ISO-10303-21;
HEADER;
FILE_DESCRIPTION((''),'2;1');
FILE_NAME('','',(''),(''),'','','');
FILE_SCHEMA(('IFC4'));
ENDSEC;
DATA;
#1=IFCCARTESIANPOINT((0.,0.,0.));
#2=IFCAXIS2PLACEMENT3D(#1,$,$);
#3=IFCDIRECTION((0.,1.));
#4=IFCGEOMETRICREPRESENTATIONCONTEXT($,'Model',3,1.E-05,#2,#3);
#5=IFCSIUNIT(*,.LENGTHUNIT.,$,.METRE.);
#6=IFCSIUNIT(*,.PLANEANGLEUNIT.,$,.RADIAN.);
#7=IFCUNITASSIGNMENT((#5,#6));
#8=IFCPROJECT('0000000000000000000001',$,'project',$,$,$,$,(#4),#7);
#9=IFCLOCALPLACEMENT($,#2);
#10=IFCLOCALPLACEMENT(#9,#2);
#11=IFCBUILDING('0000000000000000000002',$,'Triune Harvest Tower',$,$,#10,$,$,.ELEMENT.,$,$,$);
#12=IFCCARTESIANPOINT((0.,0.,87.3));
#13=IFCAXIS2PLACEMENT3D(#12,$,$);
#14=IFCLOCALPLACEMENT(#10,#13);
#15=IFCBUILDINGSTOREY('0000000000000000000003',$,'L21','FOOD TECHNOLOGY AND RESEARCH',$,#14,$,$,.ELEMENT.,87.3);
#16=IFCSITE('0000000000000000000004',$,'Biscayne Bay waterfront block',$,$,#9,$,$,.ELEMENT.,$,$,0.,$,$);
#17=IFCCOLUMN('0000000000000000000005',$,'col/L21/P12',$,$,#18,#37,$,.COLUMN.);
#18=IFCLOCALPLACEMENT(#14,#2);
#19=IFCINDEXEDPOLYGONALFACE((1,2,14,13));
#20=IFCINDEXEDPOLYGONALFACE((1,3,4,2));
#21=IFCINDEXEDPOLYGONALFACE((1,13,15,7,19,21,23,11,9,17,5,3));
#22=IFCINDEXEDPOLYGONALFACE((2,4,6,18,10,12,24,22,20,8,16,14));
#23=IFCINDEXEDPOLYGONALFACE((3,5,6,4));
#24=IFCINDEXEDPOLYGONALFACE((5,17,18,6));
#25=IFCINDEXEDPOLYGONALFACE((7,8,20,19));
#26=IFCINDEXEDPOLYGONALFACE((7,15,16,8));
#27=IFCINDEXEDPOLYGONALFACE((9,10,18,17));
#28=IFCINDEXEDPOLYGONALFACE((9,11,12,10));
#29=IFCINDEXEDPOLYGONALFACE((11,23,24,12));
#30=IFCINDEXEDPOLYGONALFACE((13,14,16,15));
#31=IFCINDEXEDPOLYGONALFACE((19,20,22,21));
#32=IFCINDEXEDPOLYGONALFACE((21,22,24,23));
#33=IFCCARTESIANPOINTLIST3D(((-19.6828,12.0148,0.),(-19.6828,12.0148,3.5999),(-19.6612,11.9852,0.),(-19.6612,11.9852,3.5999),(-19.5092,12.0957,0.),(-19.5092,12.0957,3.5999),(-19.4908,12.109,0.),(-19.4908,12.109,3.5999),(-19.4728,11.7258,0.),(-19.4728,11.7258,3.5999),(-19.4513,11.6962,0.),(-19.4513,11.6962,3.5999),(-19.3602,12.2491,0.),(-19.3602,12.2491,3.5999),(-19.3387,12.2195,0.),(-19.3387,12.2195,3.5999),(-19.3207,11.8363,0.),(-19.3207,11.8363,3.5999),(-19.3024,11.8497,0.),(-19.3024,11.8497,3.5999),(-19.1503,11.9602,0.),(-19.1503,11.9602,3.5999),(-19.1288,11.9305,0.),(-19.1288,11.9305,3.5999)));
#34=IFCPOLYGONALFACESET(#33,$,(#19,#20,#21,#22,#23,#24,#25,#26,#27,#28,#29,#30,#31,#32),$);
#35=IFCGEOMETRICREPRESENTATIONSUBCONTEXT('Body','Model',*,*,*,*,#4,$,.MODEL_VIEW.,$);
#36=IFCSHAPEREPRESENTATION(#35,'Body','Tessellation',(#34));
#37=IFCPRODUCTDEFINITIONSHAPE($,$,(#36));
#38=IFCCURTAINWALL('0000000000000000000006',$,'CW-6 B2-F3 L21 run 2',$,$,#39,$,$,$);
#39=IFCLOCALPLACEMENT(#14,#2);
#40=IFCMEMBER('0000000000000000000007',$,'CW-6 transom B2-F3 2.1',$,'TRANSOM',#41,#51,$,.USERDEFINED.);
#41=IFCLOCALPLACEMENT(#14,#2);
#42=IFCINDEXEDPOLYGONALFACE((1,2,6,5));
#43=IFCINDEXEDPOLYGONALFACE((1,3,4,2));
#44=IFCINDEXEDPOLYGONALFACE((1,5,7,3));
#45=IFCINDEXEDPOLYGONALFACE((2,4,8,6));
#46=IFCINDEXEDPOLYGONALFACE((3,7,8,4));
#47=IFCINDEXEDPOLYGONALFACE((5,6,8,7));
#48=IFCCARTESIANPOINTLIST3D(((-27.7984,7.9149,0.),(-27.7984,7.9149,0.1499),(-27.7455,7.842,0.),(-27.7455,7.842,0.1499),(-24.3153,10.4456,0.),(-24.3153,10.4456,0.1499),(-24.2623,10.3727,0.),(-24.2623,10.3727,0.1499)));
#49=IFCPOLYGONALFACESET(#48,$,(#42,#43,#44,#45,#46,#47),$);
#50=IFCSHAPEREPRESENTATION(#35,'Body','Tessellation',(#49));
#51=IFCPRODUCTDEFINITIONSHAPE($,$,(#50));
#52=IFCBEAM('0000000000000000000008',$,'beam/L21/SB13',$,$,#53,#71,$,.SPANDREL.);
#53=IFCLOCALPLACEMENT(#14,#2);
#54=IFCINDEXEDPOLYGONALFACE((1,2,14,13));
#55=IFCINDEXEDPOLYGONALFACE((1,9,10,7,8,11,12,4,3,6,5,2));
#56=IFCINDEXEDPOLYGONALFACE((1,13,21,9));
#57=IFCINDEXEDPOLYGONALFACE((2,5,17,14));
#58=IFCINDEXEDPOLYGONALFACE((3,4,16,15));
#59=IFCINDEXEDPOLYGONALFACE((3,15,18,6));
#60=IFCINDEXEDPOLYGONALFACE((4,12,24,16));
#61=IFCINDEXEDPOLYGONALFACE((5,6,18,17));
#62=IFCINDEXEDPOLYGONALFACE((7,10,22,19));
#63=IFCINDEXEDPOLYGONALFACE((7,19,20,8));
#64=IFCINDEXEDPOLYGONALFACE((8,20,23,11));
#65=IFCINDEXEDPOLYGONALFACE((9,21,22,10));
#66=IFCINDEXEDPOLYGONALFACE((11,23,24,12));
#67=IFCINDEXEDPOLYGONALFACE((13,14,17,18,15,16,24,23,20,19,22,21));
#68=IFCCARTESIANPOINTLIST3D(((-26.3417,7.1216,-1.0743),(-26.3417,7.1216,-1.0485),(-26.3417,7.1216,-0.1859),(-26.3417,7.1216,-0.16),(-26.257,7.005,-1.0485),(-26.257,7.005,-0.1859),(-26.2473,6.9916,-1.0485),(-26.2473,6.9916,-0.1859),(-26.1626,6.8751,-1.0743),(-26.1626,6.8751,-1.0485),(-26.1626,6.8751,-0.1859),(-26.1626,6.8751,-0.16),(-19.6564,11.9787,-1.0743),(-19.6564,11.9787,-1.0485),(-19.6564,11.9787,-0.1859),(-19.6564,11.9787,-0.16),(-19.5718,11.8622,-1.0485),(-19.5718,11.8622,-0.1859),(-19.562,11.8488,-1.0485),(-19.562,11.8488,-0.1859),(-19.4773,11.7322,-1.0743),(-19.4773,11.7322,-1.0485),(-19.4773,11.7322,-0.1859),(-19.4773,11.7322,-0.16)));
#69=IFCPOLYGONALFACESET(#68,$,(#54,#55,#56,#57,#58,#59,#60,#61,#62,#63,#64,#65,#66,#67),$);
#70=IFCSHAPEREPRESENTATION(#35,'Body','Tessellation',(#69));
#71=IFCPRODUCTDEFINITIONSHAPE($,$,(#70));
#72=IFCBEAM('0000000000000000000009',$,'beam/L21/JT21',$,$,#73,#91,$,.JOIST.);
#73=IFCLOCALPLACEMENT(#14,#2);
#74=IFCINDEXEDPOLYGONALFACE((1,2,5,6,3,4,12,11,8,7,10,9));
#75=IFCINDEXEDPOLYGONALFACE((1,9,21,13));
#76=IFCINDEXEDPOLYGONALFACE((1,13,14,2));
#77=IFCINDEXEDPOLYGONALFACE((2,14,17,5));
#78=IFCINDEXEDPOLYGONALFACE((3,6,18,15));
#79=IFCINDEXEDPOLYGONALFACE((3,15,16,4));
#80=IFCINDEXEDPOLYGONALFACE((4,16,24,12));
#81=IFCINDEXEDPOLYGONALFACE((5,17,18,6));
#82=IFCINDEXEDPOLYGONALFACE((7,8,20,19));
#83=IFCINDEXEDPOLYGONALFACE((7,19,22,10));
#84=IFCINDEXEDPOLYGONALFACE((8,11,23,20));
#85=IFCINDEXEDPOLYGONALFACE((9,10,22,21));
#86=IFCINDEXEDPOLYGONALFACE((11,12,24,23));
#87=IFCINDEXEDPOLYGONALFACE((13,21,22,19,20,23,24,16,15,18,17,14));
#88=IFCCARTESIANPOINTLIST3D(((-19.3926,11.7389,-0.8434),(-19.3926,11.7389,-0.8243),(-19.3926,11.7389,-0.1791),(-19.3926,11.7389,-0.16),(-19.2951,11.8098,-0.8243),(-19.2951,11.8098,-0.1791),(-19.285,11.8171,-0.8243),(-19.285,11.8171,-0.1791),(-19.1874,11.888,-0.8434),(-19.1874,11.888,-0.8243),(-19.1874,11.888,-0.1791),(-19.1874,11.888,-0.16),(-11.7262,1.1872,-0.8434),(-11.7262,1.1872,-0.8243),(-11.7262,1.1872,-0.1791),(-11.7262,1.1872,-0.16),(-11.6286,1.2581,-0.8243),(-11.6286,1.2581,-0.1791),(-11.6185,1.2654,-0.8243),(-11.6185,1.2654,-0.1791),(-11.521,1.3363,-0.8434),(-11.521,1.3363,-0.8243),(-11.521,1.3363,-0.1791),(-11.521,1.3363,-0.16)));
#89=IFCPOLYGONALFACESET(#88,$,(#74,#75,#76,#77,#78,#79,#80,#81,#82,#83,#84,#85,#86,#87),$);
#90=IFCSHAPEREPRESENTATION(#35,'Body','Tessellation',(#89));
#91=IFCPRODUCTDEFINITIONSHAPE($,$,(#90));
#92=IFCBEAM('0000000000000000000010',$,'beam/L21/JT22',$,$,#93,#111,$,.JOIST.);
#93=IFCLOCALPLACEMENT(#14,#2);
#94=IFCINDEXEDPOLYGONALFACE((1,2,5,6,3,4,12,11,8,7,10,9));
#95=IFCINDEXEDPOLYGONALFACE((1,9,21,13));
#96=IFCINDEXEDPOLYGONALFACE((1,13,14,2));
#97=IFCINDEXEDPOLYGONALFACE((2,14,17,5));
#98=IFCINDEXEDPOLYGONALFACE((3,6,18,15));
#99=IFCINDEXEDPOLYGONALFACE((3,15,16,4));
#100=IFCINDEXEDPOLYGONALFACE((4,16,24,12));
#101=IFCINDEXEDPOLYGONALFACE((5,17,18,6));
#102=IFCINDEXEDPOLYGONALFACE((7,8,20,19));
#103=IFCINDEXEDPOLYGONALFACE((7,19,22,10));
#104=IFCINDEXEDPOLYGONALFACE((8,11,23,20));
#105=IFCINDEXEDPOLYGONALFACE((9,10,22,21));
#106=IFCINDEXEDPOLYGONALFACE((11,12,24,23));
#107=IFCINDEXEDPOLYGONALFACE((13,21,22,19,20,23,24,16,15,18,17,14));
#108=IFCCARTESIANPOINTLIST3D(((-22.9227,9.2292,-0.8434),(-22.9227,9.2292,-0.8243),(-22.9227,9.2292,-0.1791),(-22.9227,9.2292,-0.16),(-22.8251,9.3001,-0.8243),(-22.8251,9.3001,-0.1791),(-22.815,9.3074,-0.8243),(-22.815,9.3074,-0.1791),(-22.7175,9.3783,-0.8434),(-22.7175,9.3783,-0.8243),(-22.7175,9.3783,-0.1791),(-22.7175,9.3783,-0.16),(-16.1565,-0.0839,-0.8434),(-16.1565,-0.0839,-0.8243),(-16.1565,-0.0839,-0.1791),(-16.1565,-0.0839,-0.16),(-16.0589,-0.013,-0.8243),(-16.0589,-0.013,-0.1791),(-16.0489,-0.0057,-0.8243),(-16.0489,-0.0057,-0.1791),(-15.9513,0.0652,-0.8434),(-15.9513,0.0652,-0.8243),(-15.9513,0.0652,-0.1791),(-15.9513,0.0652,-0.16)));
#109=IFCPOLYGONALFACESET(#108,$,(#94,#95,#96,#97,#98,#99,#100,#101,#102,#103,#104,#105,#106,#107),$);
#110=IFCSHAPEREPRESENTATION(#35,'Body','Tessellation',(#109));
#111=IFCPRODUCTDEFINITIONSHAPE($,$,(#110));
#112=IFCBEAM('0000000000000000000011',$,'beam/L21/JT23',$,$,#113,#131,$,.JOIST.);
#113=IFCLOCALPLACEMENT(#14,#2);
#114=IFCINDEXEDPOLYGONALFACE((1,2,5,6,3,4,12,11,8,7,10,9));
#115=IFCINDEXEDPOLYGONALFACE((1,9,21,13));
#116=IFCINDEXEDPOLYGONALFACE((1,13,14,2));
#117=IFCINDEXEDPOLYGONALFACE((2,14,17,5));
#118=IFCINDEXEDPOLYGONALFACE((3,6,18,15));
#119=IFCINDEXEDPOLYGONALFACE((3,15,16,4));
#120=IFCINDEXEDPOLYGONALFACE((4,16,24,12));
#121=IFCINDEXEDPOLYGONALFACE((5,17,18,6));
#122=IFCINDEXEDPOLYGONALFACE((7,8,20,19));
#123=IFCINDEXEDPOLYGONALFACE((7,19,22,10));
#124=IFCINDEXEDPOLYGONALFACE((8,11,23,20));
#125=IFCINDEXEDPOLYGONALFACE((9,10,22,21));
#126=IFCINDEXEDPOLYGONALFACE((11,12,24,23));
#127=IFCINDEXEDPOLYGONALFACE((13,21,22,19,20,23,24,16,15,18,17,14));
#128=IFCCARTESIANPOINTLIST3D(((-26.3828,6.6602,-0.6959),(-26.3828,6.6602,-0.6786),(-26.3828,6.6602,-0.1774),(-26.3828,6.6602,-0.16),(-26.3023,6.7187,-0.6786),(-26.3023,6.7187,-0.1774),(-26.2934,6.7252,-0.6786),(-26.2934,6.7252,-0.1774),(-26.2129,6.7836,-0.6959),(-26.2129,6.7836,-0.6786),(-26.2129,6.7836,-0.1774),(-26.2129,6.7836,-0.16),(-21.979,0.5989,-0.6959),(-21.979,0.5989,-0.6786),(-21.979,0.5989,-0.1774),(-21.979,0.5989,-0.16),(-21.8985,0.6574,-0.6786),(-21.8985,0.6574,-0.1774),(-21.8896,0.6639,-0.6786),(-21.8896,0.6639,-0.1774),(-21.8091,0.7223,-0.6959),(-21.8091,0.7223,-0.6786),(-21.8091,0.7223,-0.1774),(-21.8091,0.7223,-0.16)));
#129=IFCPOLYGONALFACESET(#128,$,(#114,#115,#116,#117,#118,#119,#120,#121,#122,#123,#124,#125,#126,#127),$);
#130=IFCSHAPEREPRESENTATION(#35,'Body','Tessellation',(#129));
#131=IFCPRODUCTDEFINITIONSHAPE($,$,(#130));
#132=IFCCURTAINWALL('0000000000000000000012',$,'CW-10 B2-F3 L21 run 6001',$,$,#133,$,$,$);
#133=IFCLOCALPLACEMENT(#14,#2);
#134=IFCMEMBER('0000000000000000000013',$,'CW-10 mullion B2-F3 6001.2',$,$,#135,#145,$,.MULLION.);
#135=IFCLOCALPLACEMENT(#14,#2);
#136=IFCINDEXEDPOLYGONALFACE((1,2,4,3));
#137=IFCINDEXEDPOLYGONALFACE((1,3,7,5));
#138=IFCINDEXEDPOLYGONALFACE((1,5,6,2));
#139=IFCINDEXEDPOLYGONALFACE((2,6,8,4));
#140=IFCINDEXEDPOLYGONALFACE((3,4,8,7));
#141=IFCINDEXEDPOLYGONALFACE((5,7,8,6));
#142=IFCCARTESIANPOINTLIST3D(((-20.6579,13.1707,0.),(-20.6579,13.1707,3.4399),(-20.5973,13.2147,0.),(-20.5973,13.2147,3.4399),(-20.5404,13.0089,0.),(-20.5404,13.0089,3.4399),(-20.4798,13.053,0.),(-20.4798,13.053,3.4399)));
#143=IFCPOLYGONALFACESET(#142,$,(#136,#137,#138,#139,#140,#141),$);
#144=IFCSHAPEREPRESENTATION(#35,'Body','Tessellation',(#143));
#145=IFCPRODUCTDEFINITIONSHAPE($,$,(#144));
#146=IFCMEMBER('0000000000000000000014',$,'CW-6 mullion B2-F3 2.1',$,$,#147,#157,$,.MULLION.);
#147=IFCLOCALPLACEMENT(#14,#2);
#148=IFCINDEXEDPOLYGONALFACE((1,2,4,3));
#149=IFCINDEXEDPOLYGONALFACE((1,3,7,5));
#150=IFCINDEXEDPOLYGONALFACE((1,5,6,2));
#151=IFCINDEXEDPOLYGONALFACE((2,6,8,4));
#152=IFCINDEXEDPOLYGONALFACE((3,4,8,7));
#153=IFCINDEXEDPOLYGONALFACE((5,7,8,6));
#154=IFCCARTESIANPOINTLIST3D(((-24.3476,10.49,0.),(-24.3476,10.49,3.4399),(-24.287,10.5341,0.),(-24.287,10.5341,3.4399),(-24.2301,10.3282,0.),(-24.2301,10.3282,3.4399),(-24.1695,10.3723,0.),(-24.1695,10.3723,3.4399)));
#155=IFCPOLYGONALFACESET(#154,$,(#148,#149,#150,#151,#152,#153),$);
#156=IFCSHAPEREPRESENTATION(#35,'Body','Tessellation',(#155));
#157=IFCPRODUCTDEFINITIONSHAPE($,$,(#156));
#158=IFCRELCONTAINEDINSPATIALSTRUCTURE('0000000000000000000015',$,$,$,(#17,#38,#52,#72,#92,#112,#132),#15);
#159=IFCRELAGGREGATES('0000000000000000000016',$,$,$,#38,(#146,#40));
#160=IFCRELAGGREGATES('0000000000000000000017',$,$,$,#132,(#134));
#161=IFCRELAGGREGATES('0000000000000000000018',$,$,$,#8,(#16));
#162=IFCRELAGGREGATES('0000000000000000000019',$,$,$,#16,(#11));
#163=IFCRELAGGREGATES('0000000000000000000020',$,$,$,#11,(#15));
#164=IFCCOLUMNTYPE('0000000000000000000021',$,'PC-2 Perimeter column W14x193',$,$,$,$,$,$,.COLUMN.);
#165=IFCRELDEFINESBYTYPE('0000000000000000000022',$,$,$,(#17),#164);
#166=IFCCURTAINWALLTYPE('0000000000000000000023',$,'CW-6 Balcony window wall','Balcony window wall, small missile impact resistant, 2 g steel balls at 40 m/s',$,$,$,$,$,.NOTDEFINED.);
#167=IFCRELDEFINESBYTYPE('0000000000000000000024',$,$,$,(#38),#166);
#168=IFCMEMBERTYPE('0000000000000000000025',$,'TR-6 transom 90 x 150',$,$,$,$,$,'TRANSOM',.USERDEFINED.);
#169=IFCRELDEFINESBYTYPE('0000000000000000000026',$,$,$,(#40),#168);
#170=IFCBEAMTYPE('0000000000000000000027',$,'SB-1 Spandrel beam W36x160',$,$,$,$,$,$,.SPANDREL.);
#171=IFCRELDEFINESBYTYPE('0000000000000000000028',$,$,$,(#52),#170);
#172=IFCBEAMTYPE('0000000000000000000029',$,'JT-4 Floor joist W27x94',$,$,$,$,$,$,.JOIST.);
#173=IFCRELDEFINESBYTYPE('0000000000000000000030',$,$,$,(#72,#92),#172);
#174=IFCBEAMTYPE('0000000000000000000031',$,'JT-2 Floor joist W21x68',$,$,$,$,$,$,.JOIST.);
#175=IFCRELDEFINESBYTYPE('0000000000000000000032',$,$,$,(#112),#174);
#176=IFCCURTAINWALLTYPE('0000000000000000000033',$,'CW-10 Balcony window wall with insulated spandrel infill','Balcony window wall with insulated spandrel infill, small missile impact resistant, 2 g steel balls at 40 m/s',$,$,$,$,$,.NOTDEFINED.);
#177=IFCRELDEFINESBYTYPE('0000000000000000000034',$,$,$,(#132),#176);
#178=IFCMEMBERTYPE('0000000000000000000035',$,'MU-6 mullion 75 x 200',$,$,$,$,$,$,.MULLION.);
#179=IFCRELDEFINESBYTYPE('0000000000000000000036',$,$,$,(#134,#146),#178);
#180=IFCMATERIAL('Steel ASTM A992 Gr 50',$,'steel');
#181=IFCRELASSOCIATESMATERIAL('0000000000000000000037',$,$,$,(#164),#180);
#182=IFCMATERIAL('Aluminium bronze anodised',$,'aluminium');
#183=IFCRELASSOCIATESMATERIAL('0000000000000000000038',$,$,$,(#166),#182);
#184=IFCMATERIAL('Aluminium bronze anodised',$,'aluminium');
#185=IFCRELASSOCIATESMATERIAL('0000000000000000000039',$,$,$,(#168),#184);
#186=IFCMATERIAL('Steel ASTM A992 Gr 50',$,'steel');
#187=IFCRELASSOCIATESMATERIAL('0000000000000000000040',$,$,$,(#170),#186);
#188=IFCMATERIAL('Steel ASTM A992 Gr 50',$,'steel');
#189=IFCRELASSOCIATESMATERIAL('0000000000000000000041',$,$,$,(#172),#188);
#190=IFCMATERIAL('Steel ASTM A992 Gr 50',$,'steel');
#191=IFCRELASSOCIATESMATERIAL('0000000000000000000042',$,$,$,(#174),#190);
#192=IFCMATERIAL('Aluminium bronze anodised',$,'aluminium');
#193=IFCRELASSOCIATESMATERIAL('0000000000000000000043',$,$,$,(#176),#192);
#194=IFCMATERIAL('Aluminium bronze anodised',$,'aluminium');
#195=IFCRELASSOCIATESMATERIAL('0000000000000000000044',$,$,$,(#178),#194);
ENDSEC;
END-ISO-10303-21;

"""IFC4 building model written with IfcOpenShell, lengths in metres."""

from ifc_helpers import new_model, si_unit, direction, frame, origin, origin_2d, place, context, subcontext, project, spatial, rectangle, i_section, extrude, source, transform, mapped, material, material_profile, profile_set, type_object, element, aggregate, save


model = new_model("IFC4")

# Units and contexts
model_context = context("Model", 3, precision=1e-05, world=origin(), true_north=direction((0.0, 1.0)))
body_context = subcontext(model_context, "Body", "Model", "MODEL_VIEW")
ifc_project = project(units=[si_unit("LENGTHUNIT", "METRE"), si_unit("PLANEANGLEUNIT", "RADIAN")], contexts=[model_context])

# Site, building, storey
site_placement = place(None, origin())
site = spatial("IfcSite", under=ifc_project, at=site_placement, Name="Biscayne Bay waterfront block", CompositionType="ELEMENT", RefElevation=0.0)
building_placement = place(site_placement, origin())
building = spatial("IfcBuilding", under=site, at=building_placement, Name="Triune Harvest Tower", CompositionType="ELEMENT")
storey_placement = place(building_placement, frame((0.0, 0.0, 87.3)))
storey = spatial("IfcBuildingStorey", under=building, at=storey_placement, Name="L21", Description="FOOD TECHNOLOGY AND RESEARCH", CompositionType="ELEMENT", Elevation=87.3)

# Column
ifc_material_1 = material(Name="Steel ASTM A992 Gr 50", Category="steel")
ifc_material_profile_1 = material_profile(ifc_material_1, i_section(OverallWidth=0.3987, OverallDepth=0.3938, WebThickness=0.0227, FlangeThickness=0.0366, at=origin_2d()), Name="W14x193")
ifc_profile_set_1 = profile_set([ifc_material_profile_1], Name="Steel ASTM A992 Gr 50")
column_type = type_object("IfcColumnType", Name="PC-2 Perimeter column W14x193", PredefinedType="COLUMN", material=ifc_profile_set_1)
shared_shape_1 = source(origin(), body_context, "Body", "SweptSolid", [
    extrude(i_section(OverallWidth=0.3987, OverallDepth=0.3938, WebThickness=0.0227, FlangeThickness=0.0366, at=origin_2d()), origin(), (0.0, 0.0, 1.0), 3.5999),
])
column_placement = place(storey_placement, frame((-19.4058, 11.9727, 0.0), z_axis=(0.0, 0.0, 1.0), x_axis=(-0.809017, -0.587785, 0.0)))
element("IfcColumn", 1, at=column_placement, inside=storey, type_object=column_type, Name="col/L21/P12", PredefinedType="COLUMN", context=body_context, shape_type="MappedRepresentation", body=[
    mapped(shared_shape_1, transform((0.0, 0.0, 0.0), scale=1.0)),
])

# Curtain wall, member
ifc_material_2 = material(Name="Aluminium bronze anodised", Category="aluminium")
curtain_wall_type_1 = type_object("IfcCurtainWallType", Name="CW-6 Balcony window wall", Description="Balcony window wall, small missile impact resistant, 2 g steel balls at 40 m/s", PredefinedType="NOTDEFINED", material=ifc_material_2)
curtain_wall_1_placement = place(storey_placement, origin())
curtain_wall_1 = element("IfcCurtainWall", 2, at=curtain_wall_1_placement, inside=storey, type_object=curtain_wall_type_1, Name="CW-6 B2-F3 L21 run 2")
ifc_material_3 = material(Name="Aluminium bronze anodised", Category="aluminium")
ifc_material_profile_2 = material_profile(ifc_material_3, rectangle(XDim=0.0901, YDim=0.1499, at=origin_2d()), Name="TR-6 transom 90 x 150")
ifc_profile_set_2 = profile_set([ifc_material_profile_2], Name="Aluminium bronze anodised")
member_type_1 = type_object("IfcMemberType", Name="TR-6 transom 90 x 150", ElementType="TRANSOM", PredefinedType="USERDEFINED", material=ifc_profile_set_2)
member_1_placement = place(storey_placement, frame((-24.2888, 10.4092, 0.075), z_axis=(-0.809006, -0.587801, 0.0), x_axis=(0.587801, -0.809006, 0.0)))
member_1 = element("IfcMember", 3, at=member_1_placement, type_object=member_type_1, Name="CW-6 transom B2-F3 2.1", ObjectType="TRANSOM", PredefinedType="USERDEFINED", context=body_context, shape_type="SweptSolid", body=[
    extrude(rectangle(XDim=0.0901, YDim=0.1499, at=origin_2d()), origin(), (0.0, 0.0, 1.0), 4.3054),
])

# Beams
ifc_material_4 = material(Name="Steel ASTM A992 Gr 50", Category="steel")
ifc_material_profile_3 = material_profile(ifc_material_4, i_section(OverallWidth=0.3047, OverallDepth=0.9143, WebThickness=0.0166, FlangeThickness=0.0259, at=origin_2d()), Name="W36x160")
ifc_profile_set_3 = profile_set([ifc_material_profile_3], Name="Steel ASTM A992 Gr 50")
beam_type_1 = type_object("IfcBeamType", Name="SB-1 Spandrel beam W36x160", PredefinedType="SPANDREL", material=ifc_profile_set_3)
shared_shape_2 = source(origin(), body_context, "Body", "SweptSolid", [
    extrude(i_section(OverallWidth=0.3047, OverallDepth=0.9143, WebThickness=0.0166, FlangeThickness=0.0259, at=origin_2d()), origin(), (0.0, 0.0, 1.0), 8.2634),
])
beam_1_placement = place(storey_placement, frame((-19.5669, 11.8555, -0.6172), z_axis=(-0.809016, -0.587787, 0.0), x_axis=(0.587787, -0.809016, 0.0)))
element("IfcBeam", 4, at=beam_1_placement, inside=storey, type_object=beam_type_1, Name="beam/L21/SB13", PredefinedType="SPANDREL", context=body_context, shape_type="MappedRepresentation", body=[
    mapped(shared_shape_2, transform((0.0, 0.0, 0.0), scale=1.0)),
])
ifc_material_5 = material(Name="Steel ASTM A992 Gr 50", Category="steel")
ifc_material_profile_4 = material_profile(ifc_material_5, i_section(OverallWidth=0.2537, OverallDepth=0.6833, WebThickness=0.0125, FlangeThickness=0.019, at=origin_2d()), Name="W27x94")
ifc_profile_set_4 = profile_set([ifc_material_profile_4], Name="Steel ASTM A992 Gr 50")
beam_type_2 = type_object("IfcBeamType", Name="JT-4 Floor joist W27x94", PredefinedType="JOIST", material=ifc_profile_set_4)
shared_shape_3 = source(origin(), body_context, "Body", "SweptSolid", [
    extrude(i_section(OverallWidth=0.2537, OverallDepth=0.6833, WebThickness=0.0125, FlangeThickness=0.019, at=origin_2d()), origin(), (0.0, 0.0, 1.0), 13.0427),
])
beam_2_placement = place(storey_placement, frame((-19.29, 11.8135, -0.5017), z_axis=(0.587795, -0.80901, 0.0), x_axis=(0.80901, 0.587795, 0.0)))
element("IfcBeam", 5, at=beam_2_placement, inside=storey, type_object=beam_type_2, Name="beam/L21/JT21", PredefinedType="JOIST", context=body_context, shape_type="MappedRepresentation", body=[
    mapped(shared_shape_3, transform((0.0, 0.0, 0.0), scale=1.0)),
])
shared_shape_4 = source(origin(), body_context, "Body", "SweptSolid", [
    extrude(i_section(OverallWidth=0.2537, OverallDepth=0.6833, WebThickness=0.0125, FlangeThickness=0.019, at=origin_2d()), origin(), (0.0, 0.0, 1.0), 11.5115),
])
beam_3_placement = place(storey_placement, frame((-22.8201, 9.3037, -0.5017), z_axis=(0.587776, -0.809024, 0.0), x_axis=(0.809024, 0.587776, 0.0)))
element("IfcBeam", 6, at=beam_3_placement, inside=storey, type_object=beam_type_2, Name="beam/L21/JT22", PredefinedType="JOIST", context=body_context, shape_type="MappedRepresentation", body=[
    mapped(shared_shape_4, transform((0.0, 0.0, 0.0), scale=1.0)),
])
ifc_material_6 = material(Name="Steel ASTM A992 Gr 50", Category="steel")
ifc_material_profile_5 = material_profile(ifc_material_6, i_section(OverallWidth=0.21, OverallDepth=0.5359, WebThickness=0.011, FlangeThickness=0.0173, at=origin_2d()), Name="W21x68")
ifc_profile_set_5 = profile_set([ifc_material_profile_5], Name="Steel ASTM A992 Gr 50")
beam_type_3 = type_object("IfcBeamType", Name="JT-2 Floor joist W21x68", PredefinedType="JOIST", material=ifc_profile_set_5)
shared_shape_5 = source(origin(), body_context, "Body", "SweptSolid", [
    extrude(i_section(OverallWidth=0.21, OverallDepth=0.5359, WebThickness=0.011, FlangeThickness=0.0173, at=origin_2d()), origin(), (0.0, 0.0, 1.0), 7.4922),
])
beam_4_placement = place(storey_placement, frame((-26.2979, 6.7219, -0.428), z_axis=(0.587788, -0.809015, 0.0), x_axis=(0.809015, 0.587788, 0.0)))
element("IfcBeam", 7, at=beam_4_placement, inside=storey, type_object=beam_type_3, Name="beam/L21/JT23", PredefinedType="JOIST", context=body_context, shape_type="MappedRepresentation", body=[
    mapped(shared_shape_5, transform((0.0, 0.0, 0.0), scale=1.0)),
])

# Curtain wall, member
ifc_material_7 = material(Name="Aluminium bronze anodised", Category="aluminium")
curtain_wall_type_2 = type_object("IfcCurtainWallType", Name="CW-10 Balcony window wall with insulated spandrel infill", Description="Balcony window wall with insulated spandrel infill, small missile impact resistant, 2 g steel balls at 40 m/s", PredefinedType="NOTDEFINED", material=ifc_material_7)
curtain_wall_2_placement = place(storey_placement, origin())
curtain_wall_2 = element("IfcCurtainWall", 8, at=curtain_wall_2_placement, inside=storey, type_object=curtain_wall_type_2, Name="CW-10 B2-F3 L21 run 6001")
ifc_material_8 = material(Name="Aluminium bronze anodised", Category="aluminium")
ifc_material_profile_6 = material_profile(ifc_material_8, rectangle(XDim=0.2, YDim=0.075, at=origin_2d()), Name="MU-6 mullion 75 x 200")
ifc_profile_set_6 = profile_set([ifc_material_profile_6], Name="Aluminium bronze anodised")
member_type_2 = type_object("IfcMemberType", Name="MU-6 mullion 75 x 200", PredefinedType="MULLION", material=ifc_profile_set_6)
shared_shape_6 = source(origin(), body_context, "Body", "SweptSolid", [
    extrude(rectangle(XDim=0.2, YDim=0.075, at=origin_2d()), origin(), (0.0, 0.0, 1.0), 3.4399),
])
member_2_placement = place(storey_placement, frame((-20.5688, 13.1118, 0.0), z_axis=(0.0, 0.0, 1.0), x_axis=(0.58778, -0.809021, 0.0)))
member_2 = element("IfcMember", 9, at=member_2_placement, type_object=member_type_2, Name="CW-10 mullion B2-F3 6001.2", PredefinedType="MULLION", context=body_context, shape_type="MappedRepresentation", body=[
    mapped(shared_shape_6, transform((0.0, 0.0, 0.0), scale=1.0)),
])

# Member
member_3_placement = place(storey_placement, frame((-24.2585, 10.4312, 0.0), z_axis=(0.0, 0.0, 1.0), x_axis=(0.587793, -0.809011, 0.0)))
member_3 = element("IfcMember", 10, at=member_3_placement, type_object=member_type_2, Name="CW-6 mullion B2-F3 2.1", PredefinedType="MULLION", context=body_context, shape_type="MappedRepresentation", body=[
    mapped(shared_shape_6, transform((0.0, 0.0, 0.0), scale=1.0)),
])

aggregate(curtain_wall_1, [member_3, member_1])
aggregate(curtain_wall_2, [member_2])

save(model, "model.ifc")
